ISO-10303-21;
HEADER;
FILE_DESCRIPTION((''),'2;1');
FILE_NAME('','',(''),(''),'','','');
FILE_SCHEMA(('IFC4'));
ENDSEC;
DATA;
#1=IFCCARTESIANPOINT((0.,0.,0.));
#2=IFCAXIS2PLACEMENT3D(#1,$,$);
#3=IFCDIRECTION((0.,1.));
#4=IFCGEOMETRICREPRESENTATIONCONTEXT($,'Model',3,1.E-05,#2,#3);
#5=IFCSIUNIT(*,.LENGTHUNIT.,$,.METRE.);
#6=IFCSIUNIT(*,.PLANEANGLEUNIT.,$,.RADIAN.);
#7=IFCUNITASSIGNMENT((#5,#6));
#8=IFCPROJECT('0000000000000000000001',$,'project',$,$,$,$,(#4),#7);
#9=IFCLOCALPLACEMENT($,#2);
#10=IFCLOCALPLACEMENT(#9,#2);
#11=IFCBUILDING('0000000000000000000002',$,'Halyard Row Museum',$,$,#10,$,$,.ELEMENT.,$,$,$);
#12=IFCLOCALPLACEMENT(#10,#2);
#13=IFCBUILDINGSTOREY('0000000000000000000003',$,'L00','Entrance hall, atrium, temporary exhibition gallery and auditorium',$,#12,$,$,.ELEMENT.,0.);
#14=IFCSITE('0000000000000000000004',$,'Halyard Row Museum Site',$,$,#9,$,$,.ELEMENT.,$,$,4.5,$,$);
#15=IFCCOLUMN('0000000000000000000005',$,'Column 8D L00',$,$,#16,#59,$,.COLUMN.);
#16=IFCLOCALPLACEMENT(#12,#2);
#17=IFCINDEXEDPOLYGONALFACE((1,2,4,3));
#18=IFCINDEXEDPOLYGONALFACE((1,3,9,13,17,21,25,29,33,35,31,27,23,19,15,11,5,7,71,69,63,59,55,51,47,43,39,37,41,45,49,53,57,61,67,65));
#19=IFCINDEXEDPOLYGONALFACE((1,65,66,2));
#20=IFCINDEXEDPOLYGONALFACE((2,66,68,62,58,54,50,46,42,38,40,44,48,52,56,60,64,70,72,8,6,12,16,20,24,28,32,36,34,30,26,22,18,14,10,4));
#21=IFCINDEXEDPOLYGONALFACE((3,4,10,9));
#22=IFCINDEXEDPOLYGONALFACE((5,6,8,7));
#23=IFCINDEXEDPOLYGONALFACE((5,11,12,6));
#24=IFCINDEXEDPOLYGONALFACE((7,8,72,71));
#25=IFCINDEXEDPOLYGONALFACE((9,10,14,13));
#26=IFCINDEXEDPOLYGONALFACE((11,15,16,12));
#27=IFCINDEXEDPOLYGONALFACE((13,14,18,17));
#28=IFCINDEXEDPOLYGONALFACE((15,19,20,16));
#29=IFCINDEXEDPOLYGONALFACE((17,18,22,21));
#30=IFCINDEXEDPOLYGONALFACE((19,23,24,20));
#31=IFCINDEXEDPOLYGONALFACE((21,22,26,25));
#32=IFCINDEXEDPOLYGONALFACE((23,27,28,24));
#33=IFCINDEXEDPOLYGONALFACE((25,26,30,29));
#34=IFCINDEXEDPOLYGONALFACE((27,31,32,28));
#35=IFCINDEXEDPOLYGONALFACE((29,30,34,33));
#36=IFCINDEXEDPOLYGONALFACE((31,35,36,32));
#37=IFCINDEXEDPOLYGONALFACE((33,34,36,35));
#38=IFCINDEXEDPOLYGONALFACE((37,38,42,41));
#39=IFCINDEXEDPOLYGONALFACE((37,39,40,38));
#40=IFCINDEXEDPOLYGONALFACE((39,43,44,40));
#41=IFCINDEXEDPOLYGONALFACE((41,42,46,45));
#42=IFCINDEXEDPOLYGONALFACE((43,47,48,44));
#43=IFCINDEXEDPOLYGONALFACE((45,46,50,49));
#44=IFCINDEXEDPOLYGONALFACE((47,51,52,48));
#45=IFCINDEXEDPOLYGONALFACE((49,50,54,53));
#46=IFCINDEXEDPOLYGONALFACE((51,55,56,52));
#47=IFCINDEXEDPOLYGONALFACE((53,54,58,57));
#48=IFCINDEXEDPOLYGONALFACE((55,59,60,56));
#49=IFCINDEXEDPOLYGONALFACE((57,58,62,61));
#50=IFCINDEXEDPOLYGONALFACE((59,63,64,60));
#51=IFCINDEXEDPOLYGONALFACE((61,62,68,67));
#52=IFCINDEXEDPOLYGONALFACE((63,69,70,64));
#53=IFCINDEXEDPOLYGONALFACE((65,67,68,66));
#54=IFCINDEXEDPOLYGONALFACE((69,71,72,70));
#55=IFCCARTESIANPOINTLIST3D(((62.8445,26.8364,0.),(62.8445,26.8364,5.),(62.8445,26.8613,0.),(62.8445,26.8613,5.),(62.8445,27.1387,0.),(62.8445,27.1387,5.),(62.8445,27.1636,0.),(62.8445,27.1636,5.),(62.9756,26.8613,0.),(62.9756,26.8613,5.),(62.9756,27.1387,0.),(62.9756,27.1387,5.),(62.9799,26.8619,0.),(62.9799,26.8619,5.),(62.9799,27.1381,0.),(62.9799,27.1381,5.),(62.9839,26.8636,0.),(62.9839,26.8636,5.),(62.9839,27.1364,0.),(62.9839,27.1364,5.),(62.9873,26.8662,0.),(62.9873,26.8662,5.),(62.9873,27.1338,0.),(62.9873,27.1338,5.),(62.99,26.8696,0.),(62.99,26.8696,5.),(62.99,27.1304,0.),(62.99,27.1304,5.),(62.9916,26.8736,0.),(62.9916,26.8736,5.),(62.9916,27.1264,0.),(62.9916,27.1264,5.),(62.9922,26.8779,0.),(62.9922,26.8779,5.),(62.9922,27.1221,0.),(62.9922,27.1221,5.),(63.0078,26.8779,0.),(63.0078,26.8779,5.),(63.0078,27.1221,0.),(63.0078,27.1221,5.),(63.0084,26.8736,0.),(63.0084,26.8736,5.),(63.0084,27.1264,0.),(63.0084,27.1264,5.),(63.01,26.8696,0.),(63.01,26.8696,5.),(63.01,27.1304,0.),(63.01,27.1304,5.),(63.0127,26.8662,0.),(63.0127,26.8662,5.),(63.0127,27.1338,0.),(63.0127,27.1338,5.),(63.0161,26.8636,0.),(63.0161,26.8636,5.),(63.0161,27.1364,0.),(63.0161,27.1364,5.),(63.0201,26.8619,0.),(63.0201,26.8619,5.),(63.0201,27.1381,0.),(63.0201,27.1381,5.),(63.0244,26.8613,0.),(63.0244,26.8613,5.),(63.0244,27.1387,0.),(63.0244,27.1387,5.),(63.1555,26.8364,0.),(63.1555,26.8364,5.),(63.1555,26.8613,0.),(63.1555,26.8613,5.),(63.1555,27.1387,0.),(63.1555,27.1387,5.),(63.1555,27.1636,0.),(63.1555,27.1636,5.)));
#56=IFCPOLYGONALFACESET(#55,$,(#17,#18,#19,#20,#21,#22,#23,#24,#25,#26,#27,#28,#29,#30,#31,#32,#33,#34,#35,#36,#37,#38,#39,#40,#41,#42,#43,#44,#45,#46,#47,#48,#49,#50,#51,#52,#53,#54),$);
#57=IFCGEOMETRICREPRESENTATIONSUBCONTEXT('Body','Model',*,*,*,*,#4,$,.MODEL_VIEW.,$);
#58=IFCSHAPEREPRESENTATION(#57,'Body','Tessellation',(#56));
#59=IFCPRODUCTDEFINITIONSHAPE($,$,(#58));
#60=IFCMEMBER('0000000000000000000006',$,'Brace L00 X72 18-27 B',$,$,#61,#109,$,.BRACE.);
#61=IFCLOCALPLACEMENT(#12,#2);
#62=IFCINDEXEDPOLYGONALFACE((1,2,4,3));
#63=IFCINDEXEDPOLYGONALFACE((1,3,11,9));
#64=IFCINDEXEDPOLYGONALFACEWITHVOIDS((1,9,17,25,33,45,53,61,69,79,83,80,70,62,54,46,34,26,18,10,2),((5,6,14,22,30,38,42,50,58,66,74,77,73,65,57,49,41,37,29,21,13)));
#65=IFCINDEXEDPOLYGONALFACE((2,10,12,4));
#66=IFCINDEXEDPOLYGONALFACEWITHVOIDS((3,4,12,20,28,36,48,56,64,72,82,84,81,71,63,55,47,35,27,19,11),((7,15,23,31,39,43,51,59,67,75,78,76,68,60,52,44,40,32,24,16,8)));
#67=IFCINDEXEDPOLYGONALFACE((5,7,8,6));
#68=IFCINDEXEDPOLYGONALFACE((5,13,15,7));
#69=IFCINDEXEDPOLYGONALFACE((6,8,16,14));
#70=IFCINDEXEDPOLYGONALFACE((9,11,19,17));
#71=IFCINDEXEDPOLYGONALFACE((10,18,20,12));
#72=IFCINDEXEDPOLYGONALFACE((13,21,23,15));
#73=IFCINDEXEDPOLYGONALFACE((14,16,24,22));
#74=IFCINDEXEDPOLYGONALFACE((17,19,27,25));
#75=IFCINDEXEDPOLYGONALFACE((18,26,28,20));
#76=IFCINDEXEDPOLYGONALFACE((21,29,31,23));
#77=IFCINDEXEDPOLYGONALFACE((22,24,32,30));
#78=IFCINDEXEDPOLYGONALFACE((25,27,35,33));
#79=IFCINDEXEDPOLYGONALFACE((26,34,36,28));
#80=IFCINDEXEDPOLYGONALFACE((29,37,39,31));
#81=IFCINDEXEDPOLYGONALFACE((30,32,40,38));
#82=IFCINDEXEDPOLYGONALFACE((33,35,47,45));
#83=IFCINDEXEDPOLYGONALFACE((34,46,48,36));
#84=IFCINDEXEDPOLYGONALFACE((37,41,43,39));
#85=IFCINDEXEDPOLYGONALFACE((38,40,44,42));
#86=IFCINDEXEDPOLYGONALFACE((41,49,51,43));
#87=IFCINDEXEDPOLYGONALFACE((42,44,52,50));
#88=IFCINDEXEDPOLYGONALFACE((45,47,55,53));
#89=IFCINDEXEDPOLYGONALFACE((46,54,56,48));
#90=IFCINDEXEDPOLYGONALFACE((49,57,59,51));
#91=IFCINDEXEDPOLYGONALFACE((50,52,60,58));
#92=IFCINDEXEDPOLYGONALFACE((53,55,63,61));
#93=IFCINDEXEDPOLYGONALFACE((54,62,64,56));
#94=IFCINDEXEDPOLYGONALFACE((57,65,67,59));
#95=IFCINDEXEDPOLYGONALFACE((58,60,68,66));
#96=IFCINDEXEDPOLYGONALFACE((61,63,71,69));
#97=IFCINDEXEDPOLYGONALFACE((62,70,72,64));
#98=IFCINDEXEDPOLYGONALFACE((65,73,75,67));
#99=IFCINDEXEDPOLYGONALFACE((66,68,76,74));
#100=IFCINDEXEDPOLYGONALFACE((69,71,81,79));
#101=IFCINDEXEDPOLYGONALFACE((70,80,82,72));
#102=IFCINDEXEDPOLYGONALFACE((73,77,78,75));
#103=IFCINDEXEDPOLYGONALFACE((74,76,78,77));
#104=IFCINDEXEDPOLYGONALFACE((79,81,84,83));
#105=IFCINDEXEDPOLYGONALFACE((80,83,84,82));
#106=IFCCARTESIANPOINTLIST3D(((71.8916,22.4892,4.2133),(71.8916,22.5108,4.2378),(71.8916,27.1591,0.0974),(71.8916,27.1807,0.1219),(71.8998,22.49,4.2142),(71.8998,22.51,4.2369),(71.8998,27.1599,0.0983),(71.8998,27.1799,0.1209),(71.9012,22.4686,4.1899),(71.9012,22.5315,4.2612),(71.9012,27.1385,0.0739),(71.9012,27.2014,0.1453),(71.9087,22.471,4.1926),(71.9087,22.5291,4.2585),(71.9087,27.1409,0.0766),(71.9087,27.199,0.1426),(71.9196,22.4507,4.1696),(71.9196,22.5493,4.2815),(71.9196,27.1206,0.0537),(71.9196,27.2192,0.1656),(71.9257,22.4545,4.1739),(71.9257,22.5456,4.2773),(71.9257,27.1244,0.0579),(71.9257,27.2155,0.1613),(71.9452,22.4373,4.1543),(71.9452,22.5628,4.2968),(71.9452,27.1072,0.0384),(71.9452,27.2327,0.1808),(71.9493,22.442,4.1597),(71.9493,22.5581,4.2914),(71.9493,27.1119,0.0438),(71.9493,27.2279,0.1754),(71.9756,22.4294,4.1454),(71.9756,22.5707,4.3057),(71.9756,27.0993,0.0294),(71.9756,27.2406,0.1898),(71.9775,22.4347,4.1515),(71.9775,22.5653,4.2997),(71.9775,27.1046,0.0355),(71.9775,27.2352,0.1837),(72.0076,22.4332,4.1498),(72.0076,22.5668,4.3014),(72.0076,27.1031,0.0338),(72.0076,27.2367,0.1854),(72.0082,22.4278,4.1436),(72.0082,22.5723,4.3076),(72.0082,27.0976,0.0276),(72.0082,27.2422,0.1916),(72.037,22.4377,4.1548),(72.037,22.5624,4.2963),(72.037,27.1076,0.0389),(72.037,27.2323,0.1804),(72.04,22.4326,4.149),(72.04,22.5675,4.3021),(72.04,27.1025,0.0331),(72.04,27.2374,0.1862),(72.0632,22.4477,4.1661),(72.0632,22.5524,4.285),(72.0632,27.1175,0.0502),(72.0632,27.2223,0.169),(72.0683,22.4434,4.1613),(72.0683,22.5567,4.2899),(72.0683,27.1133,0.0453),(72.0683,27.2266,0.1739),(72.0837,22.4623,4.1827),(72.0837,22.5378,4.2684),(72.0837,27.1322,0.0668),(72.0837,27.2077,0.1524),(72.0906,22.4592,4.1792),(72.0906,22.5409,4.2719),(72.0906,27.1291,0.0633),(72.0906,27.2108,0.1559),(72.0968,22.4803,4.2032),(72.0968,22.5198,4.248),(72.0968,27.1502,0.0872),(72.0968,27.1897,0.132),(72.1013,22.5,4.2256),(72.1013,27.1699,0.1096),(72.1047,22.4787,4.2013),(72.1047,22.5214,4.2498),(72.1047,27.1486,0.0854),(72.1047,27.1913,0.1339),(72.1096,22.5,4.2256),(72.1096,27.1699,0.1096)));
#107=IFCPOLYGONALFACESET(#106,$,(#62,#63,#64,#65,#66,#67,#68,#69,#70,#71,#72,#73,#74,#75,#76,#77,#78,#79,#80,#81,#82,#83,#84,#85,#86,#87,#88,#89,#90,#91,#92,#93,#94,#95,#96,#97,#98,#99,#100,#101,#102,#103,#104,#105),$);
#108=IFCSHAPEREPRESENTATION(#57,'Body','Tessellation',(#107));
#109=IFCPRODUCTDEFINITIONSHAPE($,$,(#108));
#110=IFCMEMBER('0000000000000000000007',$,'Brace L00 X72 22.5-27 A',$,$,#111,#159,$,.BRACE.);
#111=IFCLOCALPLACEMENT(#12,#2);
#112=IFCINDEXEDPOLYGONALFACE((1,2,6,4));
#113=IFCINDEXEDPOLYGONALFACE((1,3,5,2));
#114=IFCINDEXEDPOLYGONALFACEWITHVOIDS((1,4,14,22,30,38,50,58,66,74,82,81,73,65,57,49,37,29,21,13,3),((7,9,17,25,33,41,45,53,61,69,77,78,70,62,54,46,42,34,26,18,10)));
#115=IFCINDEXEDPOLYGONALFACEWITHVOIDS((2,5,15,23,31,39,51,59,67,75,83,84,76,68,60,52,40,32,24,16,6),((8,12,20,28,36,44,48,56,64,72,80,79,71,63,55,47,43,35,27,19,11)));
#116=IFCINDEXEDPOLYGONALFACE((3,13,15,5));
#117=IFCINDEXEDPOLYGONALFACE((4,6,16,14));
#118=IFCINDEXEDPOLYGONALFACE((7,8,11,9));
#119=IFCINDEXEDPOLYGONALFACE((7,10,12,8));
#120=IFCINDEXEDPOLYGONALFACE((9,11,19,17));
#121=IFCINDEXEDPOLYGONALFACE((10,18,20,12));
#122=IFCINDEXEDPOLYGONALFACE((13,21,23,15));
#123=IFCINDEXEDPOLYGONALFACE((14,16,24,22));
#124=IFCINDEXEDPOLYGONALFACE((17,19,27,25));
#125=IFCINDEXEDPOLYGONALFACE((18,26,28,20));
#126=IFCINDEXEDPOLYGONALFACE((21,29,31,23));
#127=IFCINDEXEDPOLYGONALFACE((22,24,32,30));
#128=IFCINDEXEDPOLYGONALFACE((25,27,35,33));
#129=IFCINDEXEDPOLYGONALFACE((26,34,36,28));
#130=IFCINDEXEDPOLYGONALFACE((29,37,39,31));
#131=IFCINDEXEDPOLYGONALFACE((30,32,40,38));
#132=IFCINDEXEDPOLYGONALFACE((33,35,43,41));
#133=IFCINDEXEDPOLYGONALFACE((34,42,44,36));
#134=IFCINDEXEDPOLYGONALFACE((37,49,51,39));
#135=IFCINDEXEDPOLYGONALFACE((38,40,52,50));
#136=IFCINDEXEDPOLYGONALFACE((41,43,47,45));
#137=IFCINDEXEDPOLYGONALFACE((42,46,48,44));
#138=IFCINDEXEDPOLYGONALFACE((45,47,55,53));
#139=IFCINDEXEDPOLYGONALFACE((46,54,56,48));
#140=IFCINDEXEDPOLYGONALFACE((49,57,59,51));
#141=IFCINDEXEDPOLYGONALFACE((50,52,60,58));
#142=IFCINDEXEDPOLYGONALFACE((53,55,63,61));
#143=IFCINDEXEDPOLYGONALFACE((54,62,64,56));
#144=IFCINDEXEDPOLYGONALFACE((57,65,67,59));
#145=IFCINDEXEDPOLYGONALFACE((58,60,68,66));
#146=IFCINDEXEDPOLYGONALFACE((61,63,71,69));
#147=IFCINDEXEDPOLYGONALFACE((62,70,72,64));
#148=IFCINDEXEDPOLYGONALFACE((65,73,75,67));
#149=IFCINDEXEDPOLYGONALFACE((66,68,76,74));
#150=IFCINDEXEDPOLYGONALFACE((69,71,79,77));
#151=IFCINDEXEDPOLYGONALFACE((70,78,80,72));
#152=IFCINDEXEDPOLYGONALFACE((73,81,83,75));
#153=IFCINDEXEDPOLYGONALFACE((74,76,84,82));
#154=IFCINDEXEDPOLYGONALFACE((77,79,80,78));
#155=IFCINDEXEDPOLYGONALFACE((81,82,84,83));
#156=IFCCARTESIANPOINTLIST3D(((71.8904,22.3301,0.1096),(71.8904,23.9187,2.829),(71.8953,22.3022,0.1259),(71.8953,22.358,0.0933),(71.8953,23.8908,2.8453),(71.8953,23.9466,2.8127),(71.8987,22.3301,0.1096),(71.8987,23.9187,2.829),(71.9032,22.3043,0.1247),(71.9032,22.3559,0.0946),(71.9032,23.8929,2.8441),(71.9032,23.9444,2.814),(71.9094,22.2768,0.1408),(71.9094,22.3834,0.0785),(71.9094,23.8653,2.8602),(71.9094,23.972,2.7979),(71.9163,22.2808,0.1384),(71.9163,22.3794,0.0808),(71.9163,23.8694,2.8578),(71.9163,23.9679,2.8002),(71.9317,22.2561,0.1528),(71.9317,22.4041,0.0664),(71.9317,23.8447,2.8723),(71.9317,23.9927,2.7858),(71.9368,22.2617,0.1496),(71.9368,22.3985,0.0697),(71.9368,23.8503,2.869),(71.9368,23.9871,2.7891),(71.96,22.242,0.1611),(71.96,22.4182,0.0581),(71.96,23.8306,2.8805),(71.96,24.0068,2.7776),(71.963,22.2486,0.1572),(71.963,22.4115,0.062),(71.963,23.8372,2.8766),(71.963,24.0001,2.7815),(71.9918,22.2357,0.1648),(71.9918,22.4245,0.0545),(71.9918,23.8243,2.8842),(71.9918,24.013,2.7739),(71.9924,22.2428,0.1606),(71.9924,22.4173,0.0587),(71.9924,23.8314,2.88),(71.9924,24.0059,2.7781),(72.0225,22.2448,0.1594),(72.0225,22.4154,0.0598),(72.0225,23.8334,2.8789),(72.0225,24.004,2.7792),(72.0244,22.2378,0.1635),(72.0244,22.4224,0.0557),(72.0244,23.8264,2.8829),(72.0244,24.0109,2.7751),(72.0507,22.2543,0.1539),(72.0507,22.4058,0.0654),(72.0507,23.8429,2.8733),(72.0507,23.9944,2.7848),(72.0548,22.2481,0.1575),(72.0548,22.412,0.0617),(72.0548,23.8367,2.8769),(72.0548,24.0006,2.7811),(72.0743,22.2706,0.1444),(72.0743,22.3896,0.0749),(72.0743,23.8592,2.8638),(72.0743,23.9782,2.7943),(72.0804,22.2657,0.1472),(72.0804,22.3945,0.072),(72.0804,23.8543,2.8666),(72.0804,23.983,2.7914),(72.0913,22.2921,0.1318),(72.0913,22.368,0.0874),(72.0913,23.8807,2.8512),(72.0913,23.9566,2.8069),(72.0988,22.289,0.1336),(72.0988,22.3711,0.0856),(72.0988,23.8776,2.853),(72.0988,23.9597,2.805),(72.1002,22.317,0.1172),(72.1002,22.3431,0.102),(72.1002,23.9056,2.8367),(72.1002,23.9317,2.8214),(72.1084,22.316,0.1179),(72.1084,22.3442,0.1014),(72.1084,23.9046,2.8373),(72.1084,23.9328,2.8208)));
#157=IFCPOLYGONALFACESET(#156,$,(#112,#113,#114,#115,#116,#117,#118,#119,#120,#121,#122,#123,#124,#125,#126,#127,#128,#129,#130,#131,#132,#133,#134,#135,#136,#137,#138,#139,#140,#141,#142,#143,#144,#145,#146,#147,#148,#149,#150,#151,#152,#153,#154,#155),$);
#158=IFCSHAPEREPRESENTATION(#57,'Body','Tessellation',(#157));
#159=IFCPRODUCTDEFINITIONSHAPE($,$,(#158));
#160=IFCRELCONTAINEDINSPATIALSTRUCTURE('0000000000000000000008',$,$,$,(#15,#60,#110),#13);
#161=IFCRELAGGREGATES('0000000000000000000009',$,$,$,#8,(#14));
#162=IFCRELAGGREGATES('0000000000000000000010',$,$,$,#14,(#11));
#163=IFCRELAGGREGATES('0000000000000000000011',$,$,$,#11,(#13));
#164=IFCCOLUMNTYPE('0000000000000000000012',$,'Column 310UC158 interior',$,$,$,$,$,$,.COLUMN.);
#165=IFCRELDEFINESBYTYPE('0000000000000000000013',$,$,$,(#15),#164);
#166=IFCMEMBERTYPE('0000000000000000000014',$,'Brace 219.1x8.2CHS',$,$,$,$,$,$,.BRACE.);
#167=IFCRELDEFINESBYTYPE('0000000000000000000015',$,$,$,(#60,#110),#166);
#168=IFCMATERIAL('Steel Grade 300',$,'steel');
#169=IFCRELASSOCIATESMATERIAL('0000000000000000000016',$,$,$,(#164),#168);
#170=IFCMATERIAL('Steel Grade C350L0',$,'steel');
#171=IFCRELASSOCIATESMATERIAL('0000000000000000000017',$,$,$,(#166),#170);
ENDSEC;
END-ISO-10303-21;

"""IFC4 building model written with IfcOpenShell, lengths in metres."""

from ifc_helpers import new_model, si_unit, direction, frame, origin, origin_2d, place, context, subcontext, project, spatial, hollow_circle, i_section, extrude, material, material_profile, profile_set, type_object, element, save


model = new_model("IFC4")

# Units and contexts
model_context = context("Model", 3, precision=1e-05, world=origin(), true_north=direction((0.0, 1.0)))
body_context = subcontext(model_context, "Body", "Model", "MODEL_VIEW")
ifc_project = project(units=[si_unit("LENGTHUNIT", "METRE"), si_unit("PLANEANGLEUNIT", "RADIAN")], contexts=[model_context])

# Site, building, storey
site_placement = place(None, origin())
site = spatial("IfcSite", under=ifc_project, at=site_placement, Name="Halyard Row Museum Site", CompositionType="ELEMENT", RefElevation=4.5)
building_placement = place(site_placement, origin())
building = spatial("IfcBuilding", under=site, at=building_placement, Name="Halyard Row Museum", CompositionType="ELEMENT")
storey_placement = place(building_placement, origin())
storey = spatial("IfcBuildingStorey", under=building, at=storey_placement, Name="L00", Description="Entrance hall, atrium, temporary exhibition gallery and auditorium", CompositionType="ELEMENT", Elevation=0.0)

# Column
ifc_material_1 = material(Name="Steel Grade 300", Category="steel")
ifc_material_profile_1 = material_profile(ifc_material_1, i_section(OverallWidth=0.311, OverallDepth=0.3271, WebThickness=0.0156, FlangeThickness=0.0249, FilletRadius=0.0166, at=origin_2d()), Name="310UC158")
ifc_profile_set_1 = profile_set([ifc_material_profile_1], Name="Steel Grade 300")
column_type = type_object("IfcColumnType", Name="Column 310UC158 interior", PredefinedType="COLUMN", material=ifc_profile_set_1)
column_placement = place(storey_placement, frame((63.0, 27.0, 0.0), z_axis=(0.0, 0.0, 1.0), x_axis=(1.0, 0.0, 0.0)))
element("IfcColumn", 1, at=column_placement, inside=storey, type_object=column_type, Name="Column 8D L00", PredefinedType="COLUMN", context=body_context, shape_type="SweptSolid", body=[
    extrude(i_section(OverallWidth=0.311, OverallDepth=0.3271, WebThickness=0.0156, FlangeThickness=0.0249, FilletRadius=0.0166, at=origin_2d()), origin(), (0.0, 0.0, 1.0), 5.0),
])

# Members
ifc_material_2 = material(Name="Steel Grade C350L0", Category="steel")
ifc_material_profile_2 = material_profile(ifc_material_2, hollow_circle(Radius=0.1096, WallThickness=0.0083, at=origin_2d()), Name="219.1x8.2CHS")
ifc_profile_set_2 = profile_set([ifc_material_profile_2], Name="Steel Grade C350L0")
member_type_1 = type_object("IfcMemberType", Name="Brace 219.1x8.2CHS", PredefinedType="BRACE", material=ifc_profile_set_2)
member_1_placement = place(storey_placement, frame((72.0, 27.1699, 0.1096), z_axis=(0.0, -0.750201, 0.66121), x_axis=(1.0, 0.0, 0.0)))
element("IfcMember", 2, at=member_1_placement, inside=storey, type_object=member_type_1, Name="Brace L00 X72 18-27 B", PredefinedType="BRACE", context=body_context, shape_type="SweptSolid", body=[
    extrude(hollow_circle(Radius=0.1096, WallThickness=0.0083, at=origin_2d()), origin(), (0.0, 0.0, 1.0), 6.2249),
])
member_2_placement = place(storey_placement, frame((72.0, 22.3301, 0.1096), z_axis=(0.0, 0.504406, 0.863467), x_axis=(-1.0, 0.0, 0.0)))
element("IfcMember", 3, at=member_2_placement, inside=storey, type_object=member_type_1, Name="Brace L00 X72 22.5-27 A", PredefinedType="BRACE", context=body_context, shape_type="SweptSolid", body=[
    extrude(hollow_circle(Radius=0.1096, WallThickness=0.0083, at=origin_2d()), origin(), (0.0, 0.0, 1.0), 3.1494),
])

save(model, "model.ifc")
